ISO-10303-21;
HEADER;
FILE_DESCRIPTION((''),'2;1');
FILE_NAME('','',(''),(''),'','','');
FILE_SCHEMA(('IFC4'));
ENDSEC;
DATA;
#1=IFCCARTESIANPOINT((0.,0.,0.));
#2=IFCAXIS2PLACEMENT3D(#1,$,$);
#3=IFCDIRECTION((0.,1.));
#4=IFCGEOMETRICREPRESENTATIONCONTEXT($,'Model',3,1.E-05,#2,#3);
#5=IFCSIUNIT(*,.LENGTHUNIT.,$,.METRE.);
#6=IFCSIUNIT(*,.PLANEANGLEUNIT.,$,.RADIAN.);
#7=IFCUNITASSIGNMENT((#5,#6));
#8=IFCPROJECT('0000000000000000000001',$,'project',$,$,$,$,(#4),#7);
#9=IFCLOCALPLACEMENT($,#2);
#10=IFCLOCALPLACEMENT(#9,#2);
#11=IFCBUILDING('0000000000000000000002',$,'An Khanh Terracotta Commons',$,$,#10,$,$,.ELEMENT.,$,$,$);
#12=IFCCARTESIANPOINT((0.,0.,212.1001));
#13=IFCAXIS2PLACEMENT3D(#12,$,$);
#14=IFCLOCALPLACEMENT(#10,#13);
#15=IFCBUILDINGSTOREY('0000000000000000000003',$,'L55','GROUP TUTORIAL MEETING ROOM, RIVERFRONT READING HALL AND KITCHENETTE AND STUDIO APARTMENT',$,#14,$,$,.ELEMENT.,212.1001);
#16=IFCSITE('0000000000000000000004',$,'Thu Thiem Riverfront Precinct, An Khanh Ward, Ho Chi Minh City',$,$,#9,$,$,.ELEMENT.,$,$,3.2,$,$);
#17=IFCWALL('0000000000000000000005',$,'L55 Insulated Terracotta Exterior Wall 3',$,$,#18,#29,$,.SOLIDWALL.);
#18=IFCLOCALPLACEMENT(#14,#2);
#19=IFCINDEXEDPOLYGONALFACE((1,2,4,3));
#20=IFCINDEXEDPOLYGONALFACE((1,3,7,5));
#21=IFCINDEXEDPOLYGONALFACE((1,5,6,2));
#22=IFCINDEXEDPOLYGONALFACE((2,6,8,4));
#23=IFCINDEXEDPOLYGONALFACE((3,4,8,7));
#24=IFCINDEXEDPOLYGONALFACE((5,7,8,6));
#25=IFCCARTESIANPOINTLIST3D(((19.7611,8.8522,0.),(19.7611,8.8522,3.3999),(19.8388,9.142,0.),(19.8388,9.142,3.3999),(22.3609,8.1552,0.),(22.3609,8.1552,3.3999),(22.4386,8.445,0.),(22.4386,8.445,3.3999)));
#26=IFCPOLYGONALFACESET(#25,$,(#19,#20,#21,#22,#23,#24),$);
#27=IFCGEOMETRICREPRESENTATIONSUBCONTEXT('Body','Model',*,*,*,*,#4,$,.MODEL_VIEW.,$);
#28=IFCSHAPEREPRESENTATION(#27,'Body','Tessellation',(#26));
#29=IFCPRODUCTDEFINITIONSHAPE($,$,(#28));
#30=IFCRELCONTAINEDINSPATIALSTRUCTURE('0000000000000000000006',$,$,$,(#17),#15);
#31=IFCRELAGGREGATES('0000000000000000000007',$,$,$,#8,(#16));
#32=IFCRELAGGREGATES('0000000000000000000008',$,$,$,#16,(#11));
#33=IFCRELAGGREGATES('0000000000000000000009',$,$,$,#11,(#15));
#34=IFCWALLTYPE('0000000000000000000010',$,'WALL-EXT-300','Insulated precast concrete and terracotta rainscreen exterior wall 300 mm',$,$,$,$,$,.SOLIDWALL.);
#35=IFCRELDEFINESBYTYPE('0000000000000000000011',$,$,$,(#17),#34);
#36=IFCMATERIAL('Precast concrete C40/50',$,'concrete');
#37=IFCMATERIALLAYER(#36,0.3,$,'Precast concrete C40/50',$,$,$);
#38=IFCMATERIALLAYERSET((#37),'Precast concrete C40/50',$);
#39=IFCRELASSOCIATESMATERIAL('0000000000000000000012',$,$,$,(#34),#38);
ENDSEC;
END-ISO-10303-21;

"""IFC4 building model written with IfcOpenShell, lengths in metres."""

from ifc_helpers import new_model, si_unit, direction, frame, frame_2d, origin, place, context, subcontext, project, spatial, rectangle, extrude, material, layer, layer_set, type_object, element, save


model = new_model("IFC4")

# Units and contexts
model_context = context("Model", 3, precision=1e-05, world=origin(), true_north=direction((0.0, 1.0)))
body_context = subcontext(model_context, "Body", "Model", "MODEL_VIEW")
ifc_project = project(units=[si_unit("LENGTHUNIT", "METRE"), si_unit("PLANEANGLEUNIT", "RADIAN")], contexts=[model_context])

# Site, building, storey
site_placement = place(None, origin())
site = spatial("IfcSite", under=ifc_project, at=site_placement, Name="Thu Thiem Riverfront Precinct, An Khanh Ward, Ho Chi Minh City", CompositionType="ELEMENT", RefElevation=3.2)
building_placement = place(site_placement, origin())
building = spatial("IfcBuilding", under=site, at=building_placement, Name="An Khanh Terracotta Commons", CompositionType="ELEMENT")
storey_placement = place(building_placement, frame((0.0, 0.0, 212.1001)))
storey = spatial("IfcBuildingStorey", under=building, at=storey_placement, Name="L55", Description="GROUP TUTORIAL MEETING ROOM, RIVERFRONT READING HALL AND KITCHENETTE AND STUDIO APARTMENT", CompositionType="ELEMENT", Elevation=212.1001)

# Wall
ifc_material_1 = material(Name="Precast concrete C40/50", Category="concrete")
ifc_layer_1 = layer(ifc_material_1, 0.3, Name="Precast concrete C40/50")
ifc_layer_set_1 = layer_set([ifc_layer_1], Name="Precast concrete C40/50")
wall_type_1 = type_object("IfcWallType", Name="WALL-EXT-300", Description="Insulated precast concrete and terracotta rainscreen exterior wall 300 mm", PredefinedType="SOLIDWALL", material=ifc_layer_set_1)
wall_1_placement = place(storey_placement, frame((19.8, 8.9971, 0.0), z_axis=(0.0, 0.0, 1.0), x_axis=(0.965889, -0.258955, 0.0)))
element("IfcWall", 1, at=wall_1_placement, inside=storey, type_object=wall_type_1, Name="L55 Insulated Terracotta Exterior Wall 3", PredefinedType="SOLIDWALL", context=body_context, shape_type="SweptSolid", body=[
    extrude(rectangle(XDim=2.6917, YDim=0.3, at=frame_2d((1.3457, 0.0))), origin(), (0.0, 0.0, 1.0), 3.3999),
])

save(model, "model.ifc")
